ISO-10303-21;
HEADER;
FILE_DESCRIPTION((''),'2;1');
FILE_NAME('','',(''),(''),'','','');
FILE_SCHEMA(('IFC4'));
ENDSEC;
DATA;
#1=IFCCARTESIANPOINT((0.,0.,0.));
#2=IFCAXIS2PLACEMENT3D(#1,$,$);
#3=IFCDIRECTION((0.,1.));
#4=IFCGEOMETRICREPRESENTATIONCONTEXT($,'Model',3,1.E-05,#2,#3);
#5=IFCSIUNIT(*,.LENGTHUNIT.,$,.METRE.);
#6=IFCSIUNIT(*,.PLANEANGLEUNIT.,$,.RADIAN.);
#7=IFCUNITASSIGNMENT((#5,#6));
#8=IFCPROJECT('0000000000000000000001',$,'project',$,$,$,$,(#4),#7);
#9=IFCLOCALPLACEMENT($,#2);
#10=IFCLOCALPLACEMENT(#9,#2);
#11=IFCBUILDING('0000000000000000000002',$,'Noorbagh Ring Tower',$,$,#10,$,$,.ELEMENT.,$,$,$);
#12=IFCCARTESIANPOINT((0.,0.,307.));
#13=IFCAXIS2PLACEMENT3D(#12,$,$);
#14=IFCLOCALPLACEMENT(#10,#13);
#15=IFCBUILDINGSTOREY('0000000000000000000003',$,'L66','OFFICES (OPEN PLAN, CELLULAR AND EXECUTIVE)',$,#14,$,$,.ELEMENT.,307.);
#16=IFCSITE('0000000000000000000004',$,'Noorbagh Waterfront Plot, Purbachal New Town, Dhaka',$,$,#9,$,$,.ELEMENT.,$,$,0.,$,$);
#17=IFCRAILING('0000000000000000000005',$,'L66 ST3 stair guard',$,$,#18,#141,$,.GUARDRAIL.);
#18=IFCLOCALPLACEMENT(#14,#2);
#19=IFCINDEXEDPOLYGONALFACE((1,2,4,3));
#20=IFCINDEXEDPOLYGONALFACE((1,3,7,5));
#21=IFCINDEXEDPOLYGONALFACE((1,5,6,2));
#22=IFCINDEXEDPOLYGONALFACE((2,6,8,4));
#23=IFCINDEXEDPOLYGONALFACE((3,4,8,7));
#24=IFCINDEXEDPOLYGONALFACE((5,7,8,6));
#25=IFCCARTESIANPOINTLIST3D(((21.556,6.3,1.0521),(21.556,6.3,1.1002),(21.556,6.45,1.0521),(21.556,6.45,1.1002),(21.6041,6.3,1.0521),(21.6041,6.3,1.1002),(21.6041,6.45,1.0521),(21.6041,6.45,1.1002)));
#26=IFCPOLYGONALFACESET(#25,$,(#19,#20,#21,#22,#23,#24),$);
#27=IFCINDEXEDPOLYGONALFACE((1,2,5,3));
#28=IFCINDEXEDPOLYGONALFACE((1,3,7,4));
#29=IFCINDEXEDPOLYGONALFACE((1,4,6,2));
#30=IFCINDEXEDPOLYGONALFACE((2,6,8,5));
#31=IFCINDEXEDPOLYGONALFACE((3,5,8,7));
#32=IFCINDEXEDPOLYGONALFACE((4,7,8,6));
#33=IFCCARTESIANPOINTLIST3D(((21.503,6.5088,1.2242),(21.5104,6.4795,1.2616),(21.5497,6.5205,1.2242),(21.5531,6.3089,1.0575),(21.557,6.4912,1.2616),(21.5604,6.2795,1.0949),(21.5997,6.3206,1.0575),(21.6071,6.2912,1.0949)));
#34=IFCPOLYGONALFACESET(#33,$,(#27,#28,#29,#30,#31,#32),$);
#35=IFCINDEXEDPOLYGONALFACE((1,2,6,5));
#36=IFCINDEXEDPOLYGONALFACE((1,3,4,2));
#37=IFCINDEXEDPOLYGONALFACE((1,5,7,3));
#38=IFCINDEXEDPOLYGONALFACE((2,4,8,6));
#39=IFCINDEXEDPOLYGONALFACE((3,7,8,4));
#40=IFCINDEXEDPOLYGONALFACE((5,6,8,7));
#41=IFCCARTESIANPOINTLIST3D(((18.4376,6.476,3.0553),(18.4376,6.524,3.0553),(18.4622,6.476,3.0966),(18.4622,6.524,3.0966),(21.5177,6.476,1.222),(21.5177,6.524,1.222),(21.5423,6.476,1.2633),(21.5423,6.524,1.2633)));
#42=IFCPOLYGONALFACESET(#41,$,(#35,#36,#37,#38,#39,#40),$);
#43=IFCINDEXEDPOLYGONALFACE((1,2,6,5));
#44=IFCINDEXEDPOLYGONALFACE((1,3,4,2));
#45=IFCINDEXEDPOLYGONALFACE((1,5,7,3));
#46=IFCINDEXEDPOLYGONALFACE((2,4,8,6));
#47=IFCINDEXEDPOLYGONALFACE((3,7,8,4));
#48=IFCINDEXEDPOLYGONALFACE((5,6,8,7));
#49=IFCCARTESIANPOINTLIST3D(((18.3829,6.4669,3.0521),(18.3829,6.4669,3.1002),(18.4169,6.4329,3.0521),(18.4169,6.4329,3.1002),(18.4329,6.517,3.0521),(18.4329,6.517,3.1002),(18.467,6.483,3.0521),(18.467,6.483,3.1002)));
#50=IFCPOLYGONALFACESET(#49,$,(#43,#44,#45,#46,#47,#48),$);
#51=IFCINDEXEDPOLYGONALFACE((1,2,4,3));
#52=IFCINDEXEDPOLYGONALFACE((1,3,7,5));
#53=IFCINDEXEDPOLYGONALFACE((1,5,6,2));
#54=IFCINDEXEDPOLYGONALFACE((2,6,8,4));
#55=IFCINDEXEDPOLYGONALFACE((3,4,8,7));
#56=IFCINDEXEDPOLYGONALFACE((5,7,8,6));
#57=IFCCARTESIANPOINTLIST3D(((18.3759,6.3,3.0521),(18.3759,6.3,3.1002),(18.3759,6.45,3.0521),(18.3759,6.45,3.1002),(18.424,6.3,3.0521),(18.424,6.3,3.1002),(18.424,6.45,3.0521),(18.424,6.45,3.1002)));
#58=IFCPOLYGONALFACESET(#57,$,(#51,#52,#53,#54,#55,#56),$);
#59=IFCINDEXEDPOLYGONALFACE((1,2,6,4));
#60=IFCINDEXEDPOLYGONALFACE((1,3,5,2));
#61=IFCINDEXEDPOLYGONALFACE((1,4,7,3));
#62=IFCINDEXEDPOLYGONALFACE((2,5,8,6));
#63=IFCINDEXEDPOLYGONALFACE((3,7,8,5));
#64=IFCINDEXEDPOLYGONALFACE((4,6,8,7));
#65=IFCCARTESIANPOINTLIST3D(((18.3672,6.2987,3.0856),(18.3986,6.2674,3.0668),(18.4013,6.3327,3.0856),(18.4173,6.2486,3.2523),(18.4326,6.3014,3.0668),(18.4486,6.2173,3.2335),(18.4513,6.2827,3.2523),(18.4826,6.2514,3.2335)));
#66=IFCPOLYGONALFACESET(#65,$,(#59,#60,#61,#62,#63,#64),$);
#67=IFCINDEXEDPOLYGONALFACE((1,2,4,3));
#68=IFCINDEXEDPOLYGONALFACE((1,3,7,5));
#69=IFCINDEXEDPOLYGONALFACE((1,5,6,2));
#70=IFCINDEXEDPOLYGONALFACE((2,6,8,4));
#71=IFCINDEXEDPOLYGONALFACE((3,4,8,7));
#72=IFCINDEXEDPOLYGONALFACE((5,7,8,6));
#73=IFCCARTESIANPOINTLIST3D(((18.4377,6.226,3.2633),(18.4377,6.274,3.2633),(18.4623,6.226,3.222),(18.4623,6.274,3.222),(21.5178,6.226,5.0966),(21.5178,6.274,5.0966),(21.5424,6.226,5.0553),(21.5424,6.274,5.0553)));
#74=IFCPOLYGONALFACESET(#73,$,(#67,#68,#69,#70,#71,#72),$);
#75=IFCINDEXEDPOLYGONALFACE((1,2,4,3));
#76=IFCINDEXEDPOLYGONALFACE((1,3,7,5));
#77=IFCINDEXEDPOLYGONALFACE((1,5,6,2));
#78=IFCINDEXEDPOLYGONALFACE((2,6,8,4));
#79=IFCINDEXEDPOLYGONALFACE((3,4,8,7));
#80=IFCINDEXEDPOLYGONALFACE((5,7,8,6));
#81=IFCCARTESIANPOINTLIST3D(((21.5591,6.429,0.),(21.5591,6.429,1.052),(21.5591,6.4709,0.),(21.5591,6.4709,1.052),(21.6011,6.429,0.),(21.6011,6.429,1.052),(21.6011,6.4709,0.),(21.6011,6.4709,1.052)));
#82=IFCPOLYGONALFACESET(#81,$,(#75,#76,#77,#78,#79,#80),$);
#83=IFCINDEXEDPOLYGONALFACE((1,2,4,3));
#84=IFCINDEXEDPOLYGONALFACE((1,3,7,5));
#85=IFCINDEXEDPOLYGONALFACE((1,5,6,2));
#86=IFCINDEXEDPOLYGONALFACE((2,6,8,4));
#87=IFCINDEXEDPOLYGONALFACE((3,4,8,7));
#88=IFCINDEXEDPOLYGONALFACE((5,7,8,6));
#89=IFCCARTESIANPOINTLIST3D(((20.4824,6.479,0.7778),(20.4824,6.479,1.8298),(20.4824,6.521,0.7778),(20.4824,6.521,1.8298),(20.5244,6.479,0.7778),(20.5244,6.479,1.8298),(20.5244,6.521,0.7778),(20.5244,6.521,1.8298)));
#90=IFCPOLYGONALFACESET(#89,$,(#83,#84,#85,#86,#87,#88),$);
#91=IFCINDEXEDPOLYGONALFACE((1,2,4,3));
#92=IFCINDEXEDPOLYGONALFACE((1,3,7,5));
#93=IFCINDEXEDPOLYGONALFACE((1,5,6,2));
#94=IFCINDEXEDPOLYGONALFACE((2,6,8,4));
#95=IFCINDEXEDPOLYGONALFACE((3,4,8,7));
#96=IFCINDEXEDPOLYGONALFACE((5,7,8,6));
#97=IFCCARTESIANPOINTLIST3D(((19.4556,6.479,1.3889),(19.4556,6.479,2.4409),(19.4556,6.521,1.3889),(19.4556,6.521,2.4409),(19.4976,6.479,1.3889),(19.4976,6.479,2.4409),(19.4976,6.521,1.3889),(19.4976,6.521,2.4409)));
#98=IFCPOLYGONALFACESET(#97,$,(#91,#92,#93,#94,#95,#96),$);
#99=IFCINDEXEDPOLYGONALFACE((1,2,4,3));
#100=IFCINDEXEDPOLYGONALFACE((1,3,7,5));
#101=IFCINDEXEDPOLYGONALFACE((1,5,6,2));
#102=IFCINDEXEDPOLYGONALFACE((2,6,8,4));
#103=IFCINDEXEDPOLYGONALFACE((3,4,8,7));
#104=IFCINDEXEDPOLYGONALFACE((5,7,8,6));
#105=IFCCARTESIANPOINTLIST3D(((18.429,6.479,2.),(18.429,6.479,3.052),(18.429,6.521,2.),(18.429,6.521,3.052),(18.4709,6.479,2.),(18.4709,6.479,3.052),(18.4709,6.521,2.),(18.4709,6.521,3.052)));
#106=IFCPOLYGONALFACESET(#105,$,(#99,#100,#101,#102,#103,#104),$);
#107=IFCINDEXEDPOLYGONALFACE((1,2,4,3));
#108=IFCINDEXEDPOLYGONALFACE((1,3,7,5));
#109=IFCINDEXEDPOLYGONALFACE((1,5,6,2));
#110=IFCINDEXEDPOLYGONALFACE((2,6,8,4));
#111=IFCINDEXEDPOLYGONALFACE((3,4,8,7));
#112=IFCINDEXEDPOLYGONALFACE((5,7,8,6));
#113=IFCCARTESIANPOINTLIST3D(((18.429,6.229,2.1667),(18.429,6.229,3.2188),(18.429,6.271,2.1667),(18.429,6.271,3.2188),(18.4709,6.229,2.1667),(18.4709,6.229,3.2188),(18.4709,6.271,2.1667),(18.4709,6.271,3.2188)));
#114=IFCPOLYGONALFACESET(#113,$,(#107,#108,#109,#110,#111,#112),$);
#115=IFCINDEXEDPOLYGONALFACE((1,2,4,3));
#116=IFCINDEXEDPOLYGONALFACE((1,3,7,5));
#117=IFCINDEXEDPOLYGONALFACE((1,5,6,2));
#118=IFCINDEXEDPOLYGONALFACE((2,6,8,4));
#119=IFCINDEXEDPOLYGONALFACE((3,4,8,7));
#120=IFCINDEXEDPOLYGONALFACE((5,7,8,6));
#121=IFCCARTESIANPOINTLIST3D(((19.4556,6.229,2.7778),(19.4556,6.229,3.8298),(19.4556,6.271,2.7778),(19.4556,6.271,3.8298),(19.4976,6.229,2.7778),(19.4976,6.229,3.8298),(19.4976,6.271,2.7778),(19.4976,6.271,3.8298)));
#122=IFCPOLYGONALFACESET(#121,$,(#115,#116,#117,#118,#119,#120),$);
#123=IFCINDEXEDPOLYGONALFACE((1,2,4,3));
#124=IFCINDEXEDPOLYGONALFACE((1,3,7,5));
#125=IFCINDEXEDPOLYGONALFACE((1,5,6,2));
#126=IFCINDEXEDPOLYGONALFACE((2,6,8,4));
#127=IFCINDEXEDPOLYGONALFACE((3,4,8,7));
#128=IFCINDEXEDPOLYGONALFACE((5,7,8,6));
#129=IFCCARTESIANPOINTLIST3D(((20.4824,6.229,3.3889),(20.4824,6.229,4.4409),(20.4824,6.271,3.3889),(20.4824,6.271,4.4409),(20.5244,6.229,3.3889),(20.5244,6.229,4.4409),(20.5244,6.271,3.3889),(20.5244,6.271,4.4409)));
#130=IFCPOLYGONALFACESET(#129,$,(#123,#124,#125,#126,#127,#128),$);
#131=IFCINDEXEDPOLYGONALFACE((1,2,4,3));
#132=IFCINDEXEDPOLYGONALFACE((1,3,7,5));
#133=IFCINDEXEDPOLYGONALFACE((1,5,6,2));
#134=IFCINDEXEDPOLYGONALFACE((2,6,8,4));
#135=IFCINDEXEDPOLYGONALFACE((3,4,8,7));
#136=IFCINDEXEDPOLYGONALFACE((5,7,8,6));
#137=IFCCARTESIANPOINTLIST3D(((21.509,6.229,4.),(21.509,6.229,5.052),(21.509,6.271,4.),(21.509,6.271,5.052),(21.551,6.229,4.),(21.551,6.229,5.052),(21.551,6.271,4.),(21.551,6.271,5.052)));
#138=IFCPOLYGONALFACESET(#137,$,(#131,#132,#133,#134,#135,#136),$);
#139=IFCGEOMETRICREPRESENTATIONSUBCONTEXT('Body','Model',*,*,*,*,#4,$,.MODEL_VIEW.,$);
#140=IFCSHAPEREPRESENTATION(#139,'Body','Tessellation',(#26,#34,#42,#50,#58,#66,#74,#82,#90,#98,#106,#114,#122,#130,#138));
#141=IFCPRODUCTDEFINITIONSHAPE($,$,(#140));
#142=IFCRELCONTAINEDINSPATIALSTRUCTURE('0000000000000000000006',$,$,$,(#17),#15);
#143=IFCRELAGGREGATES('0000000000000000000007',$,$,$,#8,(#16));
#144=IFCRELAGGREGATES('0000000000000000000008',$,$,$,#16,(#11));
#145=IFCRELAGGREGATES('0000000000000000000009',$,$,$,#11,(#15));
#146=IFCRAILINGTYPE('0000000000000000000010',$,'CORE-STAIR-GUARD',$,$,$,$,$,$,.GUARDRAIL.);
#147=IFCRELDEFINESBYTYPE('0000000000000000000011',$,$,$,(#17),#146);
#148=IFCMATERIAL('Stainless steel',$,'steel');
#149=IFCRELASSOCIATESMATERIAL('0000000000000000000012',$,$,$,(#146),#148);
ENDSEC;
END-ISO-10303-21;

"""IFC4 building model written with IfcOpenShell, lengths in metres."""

from ifc_helpers import new_model, si_unit, direction, frame, origin, origin_2d, place, context, subcontext, project, spatial, rectangle, extrude, material, type_object, element, save


model = new_model("IFC4")

# Units and contexts
model_context = context("Model", 3, precision=1e-05, world=origin(), true_north=direction((0.0, 1.0)))
body_context = subcontext(model_context, "Body", "Model", "MODEL_VIEW")
ifc_project = project(units=[si_unit("LENGTHUNIT", "METRE"), si_unit("PLANEANGLEUNIT", "RADIAN")], contexts=[model_context])

# Site, building, storey
site_placement = place(None, origin())
site = spatial("IfcSite", under=ifc_project, at=site_placement, Name="Noorbagh Waterfront Plot, Purbachal New Town, Dhaka", CompositionType="ELEMENT", RefElevation=0.0)
building_placement = place(site_placement, origin())
building = spatial("IfcBuilding", under=site, at=building_placement, Name="Noorbagh Ring Tower", CompositionType="ELEMENT")
storey_placement = place(building_placement, frame((0.0, 0.0, 307.0)))
storey = spatial("IfcBuildingStorey", under=building, at=storey_placement, Name="L66", Description="OFFICES (OPEN PLAN, CELLULAR AND EXECUTIVE)", CompositionType="ELEMENT", Elevation=307.0)

# Railing
ifc_material_1 = material(Name="Stainless steel", Category="steel")
railing_type = type_object("IfcRailingType", Name="CORE-STAIR-GUARD", PredefinedType="GUARDRAIL", material=ifc_material_1)
railing_placement = place(storey_placement, frame((21.5801, 6.45, 0.0)))
element("IfcRailing", 1, at=railing_placement, inside=storey, type_object=railing_type, Name="L66 ST3 stair guard", PredefinedType="GUARDRAIL", context=body_context, shape_type="SweptSolid", body=[
    extrude(rectangle(XDim=0.0481, YDim=0.0481, at=origin_2d()), frame((0.0, 0.0, 1.0762), z_axis=(0.0, -1.0, 0.0), x_axis=(1.0, 0.0, 0.0)), (0.0, 0.0, 1.0), 0.1499),
    extrude(rectangle(XDim=0.0481, YDim=0.0481, at=origin_2d()), frame((0.0, -0.1499, 1.0762), z_axis=(-0.188776, 0.754182, 0.628946), x_axis=(-0.970073, -0.242814, 0.0)), (0.0, 0.0, 1.0), 0.2651),
    extrude(rectangle(XDim=0.0481, YDim=0.0481, at=origin_2d()), frame((-0.05, 0.05, 1.2427), z_axis=(-0.859309, 0.0, 0.511458), x_axis=(0.0, -1.0, 0.0)), (0.0, 0.0, 1.0), 3.5845),
    extrude(rectangle(XDim=0.0481, YDim=0.0481, at=origin_2d()), frame((-3.1301, 0.05, 3.0762), z_axis=(-0.707107, -0.707107, 0.0), x_axis=(0.707107, -0.707107, 0.0)), (0.0, 0.0, 1.0), 0.0708),
    extrude(rectangle(XDim=0.0481, YDim=0.0481, at=origin_2d()), frame((-3.1802, 0.0, 3.0762), z_axis=(0.0, -1.0, 0.0), x_axis=(1.0, 0.0, 0.0)), (0.0, 0.0, 1.0), 0.1499),
    extrude(rectangle(XDim=0.0481, YDim=0.0481, at=origin_2d()), frame((-3.1802, -0.1499, 3.0762), z_axis=(0.276287, -0.276287, 0.920506), x_axis=(0.707107, 0.707107, 0.0)), (0.0, 0.0, 1.0), 0.1812),
    extrude(rectangle(XDim=0.0481, YDim=0.0481, at=origin_2d()), frame((-3.1301, -0.2, 3.2427), z_axis=(0.859309, 0.0, 0.511458), x_axis=(0.0, 1.0, 0.0)), (0.0, 0.0, 1.0), 3.5845),
    extrude(rectangle(XDim=0.042, YDim=0.042, at=origin_2d()), origin(), (0.0, 0.0, 1.0), 1.052),
    extrude(rectangle(XDim=0.042, YDim=0.042, at=origin_2d()), frame((-1.0767, 0.05, 0.7778)), (0.0, 0.0, 1.0), 1.052),
    extrude(rectangle(XDim=0.042, YDim=0.042, at=origin_2d()), frame((-2.1035, 0.05, 1.3889)), (0.0, 0.0, 1.0), 1.052),
    extrude(rectangle(XDim=0.042, YDim=0.042, at=origin_2d()), frame((-3.1301, 0.05, 2.0)), (0.0, 0.0, 1.0), 1.052),
    extrude(rectangle(XDim=0.042, YDim=0.042, at=origin_2d()), frame((-3.1301, -0.2, 2.1667)), (0.0, 0.0, 1.0), 1.052),
    extrude(rectangle(XDim=0.042, YDim=0.042, at=origin_2d()), frame((-2.1035, -0.2, 2.7778)), (0.0, 0.0, 1.0), 1.052),
    extrude(rectangle(XDim=0.042, YDim=0.042, at=origin_2d()), frame((-1.0767, -0.2, 3.3889)), (0.0, 0.0, 1.0), 1.052),
    extrude(rectangle(XDim=0.042, YDim=0.042, at=origin_2d()), frame((-0.05, -0.2, 4.0)), (0.0, 0.0, 1.0), 1.052),
])

save(model, "model.ifc")
